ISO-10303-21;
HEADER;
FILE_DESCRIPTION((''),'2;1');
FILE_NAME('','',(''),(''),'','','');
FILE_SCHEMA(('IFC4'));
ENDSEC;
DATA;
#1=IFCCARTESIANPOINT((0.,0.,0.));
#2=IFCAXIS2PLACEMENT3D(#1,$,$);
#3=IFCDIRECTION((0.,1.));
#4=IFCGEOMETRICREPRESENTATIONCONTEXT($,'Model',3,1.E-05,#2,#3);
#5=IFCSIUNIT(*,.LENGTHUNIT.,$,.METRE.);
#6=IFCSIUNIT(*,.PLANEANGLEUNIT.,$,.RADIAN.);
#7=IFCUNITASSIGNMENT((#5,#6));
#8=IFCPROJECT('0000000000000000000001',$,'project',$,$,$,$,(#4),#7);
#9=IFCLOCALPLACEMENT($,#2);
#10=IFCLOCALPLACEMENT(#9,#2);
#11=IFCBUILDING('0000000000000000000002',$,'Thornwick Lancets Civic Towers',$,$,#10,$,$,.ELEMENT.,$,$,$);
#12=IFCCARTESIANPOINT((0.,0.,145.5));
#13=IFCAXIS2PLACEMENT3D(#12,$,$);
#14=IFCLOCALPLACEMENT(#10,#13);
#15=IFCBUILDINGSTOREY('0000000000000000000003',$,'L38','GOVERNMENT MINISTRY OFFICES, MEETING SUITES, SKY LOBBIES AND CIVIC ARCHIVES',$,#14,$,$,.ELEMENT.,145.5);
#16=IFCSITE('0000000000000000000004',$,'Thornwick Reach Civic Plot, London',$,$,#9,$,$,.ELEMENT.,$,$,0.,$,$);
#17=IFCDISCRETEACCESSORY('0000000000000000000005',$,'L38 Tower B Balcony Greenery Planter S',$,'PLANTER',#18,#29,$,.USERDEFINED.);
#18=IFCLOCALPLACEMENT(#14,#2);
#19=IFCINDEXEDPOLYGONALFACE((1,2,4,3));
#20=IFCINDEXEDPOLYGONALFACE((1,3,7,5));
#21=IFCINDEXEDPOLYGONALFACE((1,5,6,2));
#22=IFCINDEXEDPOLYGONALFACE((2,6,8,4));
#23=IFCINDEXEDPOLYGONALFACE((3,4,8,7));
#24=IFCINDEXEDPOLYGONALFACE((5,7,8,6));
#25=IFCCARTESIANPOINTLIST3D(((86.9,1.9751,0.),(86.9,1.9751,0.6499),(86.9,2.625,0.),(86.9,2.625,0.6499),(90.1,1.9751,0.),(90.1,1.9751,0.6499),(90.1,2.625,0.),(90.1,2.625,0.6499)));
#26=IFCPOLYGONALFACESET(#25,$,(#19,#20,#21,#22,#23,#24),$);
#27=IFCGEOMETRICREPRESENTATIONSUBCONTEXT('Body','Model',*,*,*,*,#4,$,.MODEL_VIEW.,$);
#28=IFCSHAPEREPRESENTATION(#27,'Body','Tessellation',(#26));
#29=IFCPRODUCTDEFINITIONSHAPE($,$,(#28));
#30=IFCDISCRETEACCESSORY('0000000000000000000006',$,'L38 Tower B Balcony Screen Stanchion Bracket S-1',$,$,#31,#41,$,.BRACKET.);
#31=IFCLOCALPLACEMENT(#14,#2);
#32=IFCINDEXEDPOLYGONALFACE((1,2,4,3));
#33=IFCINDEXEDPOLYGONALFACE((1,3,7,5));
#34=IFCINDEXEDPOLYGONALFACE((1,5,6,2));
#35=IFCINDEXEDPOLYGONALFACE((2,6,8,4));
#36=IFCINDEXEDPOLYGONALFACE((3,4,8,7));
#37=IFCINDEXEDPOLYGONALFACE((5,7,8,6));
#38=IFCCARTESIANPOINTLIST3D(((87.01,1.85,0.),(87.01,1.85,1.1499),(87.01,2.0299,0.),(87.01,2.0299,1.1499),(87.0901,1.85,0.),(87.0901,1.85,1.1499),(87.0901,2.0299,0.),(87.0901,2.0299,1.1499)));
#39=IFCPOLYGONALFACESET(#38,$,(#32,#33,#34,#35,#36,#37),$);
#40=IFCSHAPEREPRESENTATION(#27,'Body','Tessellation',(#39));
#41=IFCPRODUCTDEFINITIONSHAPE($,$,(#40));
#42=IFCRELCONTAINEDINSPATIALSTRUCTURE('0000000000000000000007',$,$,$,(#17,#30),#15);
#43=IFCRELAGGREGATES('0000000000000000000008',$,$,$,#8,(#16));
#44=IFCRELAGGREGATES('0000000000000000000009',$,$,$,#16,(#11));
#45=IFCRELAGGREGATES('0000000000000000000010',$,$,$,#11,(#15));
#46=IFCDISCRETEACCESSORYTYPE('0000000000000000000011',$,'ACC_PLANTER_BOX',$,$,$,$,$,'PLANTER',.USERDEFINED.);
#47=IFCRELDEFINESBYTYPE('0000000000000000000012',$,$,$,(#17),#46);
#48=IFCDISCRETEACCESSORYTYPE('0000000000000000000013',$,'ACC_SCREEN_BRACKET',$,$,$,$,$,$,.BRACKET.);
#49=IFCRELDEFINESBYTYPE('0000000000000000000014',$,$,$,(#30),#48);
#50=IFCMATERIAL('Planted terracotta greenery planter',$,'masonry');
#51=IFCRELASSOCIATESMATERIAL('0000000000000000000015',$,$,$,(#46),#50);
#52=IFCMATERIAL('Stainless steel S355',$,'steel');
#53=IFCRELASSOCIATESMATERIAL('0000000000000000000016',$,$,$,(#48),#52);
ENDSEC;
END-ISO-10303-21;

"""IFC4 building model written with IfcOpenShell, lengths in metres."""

from ifc_helpers import new_model, si_unit, direction, frame, origin, origin_2d, place, context, subcontext, project, spatial, rectangle, extrude, material, type_object, element, save


model = new_model("IFC4")

# Units and contexts
model_context = context("Model", 3, precision=1e-05, world=origin(), true_north=direction((0.0, 1.0)))
body_context = subcontext(model_context, "Body", "Model", "MODEL_VIEW")
ifc_project = project(units=[si_unit("LENGTHUNIT", "METRE"), si_unit("PLANEANGLEUNIT", "RADIAN")], contexts=[model_context])

# Site, building, storey
site_placement = place(None, origin())
site = spatial("IfcSite", under=ifc_project, at=site_placement, Name="Thornwick Reach Civic Plot, London", CompositionType="ELEMENT", RefElevation=0.0)
building_placement = place(site_placement, origin())
building = spatial("IfcBuilding", under=site, at=building_placement, Name="Thornwick Lancets Civic Towers", CompositionType="ELEMENT")
storey_placement = place(building_placement, frame((0.0, 0.0, 145.5)))
storey = spatial("IfcBuildingStorey", under=building, at=storey_placement, Name="L38", Description="GOVERNMENT MINISTRY OFFICES, MEETING SUITES, SKY LOBBIES AND CIVIC ARCHIVES", CompositionType="ELEMENT", Elevation=145.5)

# Discrete accessories
ifc_material_1 = material(Name="Planted terracotta greenery planter", Category="masonry")
discrete_accessory_type_1 = type_object("IfcDiscreteAccessoryType", Name="ACC_PLANTER_BOX", ElementType="PLANTER", PredefinedType="USERDEFINED", material=ifc_material_1)
discrete_accessory_1_placement = place(storey_placement, frame((88.5, 2.3, 0.0), z_axis=(0.0, 0.0, 1.0), x_axis=(1.0, 0.0, 0.0)))
element("IfcDiscreteAccessory", 1, at=discrete_accessory_1_placement, inside=storey, type_object=discrete_accessory_type_1, Name="L38 Tower B Balcony Greenery Planter S", ObjectType="PLANTER", PredefinedType="USERDEFINED", context=body_context, shape_type="SweptSolid", body=[
    extrude(rectangle(XDim=3.2, YDim=0.6499, at=origin_2d()), origin(), (0.0, 0.0, 1.0), 0.6499),
])
ifc_material_2 = material(Name="Stainless steel S355", Category="steel")
discrete_accessory_type_2 = type_object("IfcDiscreteAccessoryType", Name="ACC_SCREEN_BRACKET", PredefinedType="BRACKET", material=ifc_material_2)
discrete_accessory_2_placement = place(storey_placement, frame((87.05, 1.9399, 0.0), z_axis=(0.0, 0.0, 1.0), x_axis=(1.0, 0.0, 0.0)))
element("IfcDiscreteAccessory", 2, at=discrete_accessory_2_placement, inside=storey, type_object=discrete_accessory_type_2, Name="L38 Tower B Balcony Screen Stanchion Bracket S-1", PredefinedType="BRACKET", context=body_context, shape_type="SweptSolid", body=[
    extrude(rectangle(XDim=0.0801, YDim=0.1799, at=origin_2d()), origin(), (0.0, 0.0, 1.0), 1.1499),
])

save(model, "model.ifc")
